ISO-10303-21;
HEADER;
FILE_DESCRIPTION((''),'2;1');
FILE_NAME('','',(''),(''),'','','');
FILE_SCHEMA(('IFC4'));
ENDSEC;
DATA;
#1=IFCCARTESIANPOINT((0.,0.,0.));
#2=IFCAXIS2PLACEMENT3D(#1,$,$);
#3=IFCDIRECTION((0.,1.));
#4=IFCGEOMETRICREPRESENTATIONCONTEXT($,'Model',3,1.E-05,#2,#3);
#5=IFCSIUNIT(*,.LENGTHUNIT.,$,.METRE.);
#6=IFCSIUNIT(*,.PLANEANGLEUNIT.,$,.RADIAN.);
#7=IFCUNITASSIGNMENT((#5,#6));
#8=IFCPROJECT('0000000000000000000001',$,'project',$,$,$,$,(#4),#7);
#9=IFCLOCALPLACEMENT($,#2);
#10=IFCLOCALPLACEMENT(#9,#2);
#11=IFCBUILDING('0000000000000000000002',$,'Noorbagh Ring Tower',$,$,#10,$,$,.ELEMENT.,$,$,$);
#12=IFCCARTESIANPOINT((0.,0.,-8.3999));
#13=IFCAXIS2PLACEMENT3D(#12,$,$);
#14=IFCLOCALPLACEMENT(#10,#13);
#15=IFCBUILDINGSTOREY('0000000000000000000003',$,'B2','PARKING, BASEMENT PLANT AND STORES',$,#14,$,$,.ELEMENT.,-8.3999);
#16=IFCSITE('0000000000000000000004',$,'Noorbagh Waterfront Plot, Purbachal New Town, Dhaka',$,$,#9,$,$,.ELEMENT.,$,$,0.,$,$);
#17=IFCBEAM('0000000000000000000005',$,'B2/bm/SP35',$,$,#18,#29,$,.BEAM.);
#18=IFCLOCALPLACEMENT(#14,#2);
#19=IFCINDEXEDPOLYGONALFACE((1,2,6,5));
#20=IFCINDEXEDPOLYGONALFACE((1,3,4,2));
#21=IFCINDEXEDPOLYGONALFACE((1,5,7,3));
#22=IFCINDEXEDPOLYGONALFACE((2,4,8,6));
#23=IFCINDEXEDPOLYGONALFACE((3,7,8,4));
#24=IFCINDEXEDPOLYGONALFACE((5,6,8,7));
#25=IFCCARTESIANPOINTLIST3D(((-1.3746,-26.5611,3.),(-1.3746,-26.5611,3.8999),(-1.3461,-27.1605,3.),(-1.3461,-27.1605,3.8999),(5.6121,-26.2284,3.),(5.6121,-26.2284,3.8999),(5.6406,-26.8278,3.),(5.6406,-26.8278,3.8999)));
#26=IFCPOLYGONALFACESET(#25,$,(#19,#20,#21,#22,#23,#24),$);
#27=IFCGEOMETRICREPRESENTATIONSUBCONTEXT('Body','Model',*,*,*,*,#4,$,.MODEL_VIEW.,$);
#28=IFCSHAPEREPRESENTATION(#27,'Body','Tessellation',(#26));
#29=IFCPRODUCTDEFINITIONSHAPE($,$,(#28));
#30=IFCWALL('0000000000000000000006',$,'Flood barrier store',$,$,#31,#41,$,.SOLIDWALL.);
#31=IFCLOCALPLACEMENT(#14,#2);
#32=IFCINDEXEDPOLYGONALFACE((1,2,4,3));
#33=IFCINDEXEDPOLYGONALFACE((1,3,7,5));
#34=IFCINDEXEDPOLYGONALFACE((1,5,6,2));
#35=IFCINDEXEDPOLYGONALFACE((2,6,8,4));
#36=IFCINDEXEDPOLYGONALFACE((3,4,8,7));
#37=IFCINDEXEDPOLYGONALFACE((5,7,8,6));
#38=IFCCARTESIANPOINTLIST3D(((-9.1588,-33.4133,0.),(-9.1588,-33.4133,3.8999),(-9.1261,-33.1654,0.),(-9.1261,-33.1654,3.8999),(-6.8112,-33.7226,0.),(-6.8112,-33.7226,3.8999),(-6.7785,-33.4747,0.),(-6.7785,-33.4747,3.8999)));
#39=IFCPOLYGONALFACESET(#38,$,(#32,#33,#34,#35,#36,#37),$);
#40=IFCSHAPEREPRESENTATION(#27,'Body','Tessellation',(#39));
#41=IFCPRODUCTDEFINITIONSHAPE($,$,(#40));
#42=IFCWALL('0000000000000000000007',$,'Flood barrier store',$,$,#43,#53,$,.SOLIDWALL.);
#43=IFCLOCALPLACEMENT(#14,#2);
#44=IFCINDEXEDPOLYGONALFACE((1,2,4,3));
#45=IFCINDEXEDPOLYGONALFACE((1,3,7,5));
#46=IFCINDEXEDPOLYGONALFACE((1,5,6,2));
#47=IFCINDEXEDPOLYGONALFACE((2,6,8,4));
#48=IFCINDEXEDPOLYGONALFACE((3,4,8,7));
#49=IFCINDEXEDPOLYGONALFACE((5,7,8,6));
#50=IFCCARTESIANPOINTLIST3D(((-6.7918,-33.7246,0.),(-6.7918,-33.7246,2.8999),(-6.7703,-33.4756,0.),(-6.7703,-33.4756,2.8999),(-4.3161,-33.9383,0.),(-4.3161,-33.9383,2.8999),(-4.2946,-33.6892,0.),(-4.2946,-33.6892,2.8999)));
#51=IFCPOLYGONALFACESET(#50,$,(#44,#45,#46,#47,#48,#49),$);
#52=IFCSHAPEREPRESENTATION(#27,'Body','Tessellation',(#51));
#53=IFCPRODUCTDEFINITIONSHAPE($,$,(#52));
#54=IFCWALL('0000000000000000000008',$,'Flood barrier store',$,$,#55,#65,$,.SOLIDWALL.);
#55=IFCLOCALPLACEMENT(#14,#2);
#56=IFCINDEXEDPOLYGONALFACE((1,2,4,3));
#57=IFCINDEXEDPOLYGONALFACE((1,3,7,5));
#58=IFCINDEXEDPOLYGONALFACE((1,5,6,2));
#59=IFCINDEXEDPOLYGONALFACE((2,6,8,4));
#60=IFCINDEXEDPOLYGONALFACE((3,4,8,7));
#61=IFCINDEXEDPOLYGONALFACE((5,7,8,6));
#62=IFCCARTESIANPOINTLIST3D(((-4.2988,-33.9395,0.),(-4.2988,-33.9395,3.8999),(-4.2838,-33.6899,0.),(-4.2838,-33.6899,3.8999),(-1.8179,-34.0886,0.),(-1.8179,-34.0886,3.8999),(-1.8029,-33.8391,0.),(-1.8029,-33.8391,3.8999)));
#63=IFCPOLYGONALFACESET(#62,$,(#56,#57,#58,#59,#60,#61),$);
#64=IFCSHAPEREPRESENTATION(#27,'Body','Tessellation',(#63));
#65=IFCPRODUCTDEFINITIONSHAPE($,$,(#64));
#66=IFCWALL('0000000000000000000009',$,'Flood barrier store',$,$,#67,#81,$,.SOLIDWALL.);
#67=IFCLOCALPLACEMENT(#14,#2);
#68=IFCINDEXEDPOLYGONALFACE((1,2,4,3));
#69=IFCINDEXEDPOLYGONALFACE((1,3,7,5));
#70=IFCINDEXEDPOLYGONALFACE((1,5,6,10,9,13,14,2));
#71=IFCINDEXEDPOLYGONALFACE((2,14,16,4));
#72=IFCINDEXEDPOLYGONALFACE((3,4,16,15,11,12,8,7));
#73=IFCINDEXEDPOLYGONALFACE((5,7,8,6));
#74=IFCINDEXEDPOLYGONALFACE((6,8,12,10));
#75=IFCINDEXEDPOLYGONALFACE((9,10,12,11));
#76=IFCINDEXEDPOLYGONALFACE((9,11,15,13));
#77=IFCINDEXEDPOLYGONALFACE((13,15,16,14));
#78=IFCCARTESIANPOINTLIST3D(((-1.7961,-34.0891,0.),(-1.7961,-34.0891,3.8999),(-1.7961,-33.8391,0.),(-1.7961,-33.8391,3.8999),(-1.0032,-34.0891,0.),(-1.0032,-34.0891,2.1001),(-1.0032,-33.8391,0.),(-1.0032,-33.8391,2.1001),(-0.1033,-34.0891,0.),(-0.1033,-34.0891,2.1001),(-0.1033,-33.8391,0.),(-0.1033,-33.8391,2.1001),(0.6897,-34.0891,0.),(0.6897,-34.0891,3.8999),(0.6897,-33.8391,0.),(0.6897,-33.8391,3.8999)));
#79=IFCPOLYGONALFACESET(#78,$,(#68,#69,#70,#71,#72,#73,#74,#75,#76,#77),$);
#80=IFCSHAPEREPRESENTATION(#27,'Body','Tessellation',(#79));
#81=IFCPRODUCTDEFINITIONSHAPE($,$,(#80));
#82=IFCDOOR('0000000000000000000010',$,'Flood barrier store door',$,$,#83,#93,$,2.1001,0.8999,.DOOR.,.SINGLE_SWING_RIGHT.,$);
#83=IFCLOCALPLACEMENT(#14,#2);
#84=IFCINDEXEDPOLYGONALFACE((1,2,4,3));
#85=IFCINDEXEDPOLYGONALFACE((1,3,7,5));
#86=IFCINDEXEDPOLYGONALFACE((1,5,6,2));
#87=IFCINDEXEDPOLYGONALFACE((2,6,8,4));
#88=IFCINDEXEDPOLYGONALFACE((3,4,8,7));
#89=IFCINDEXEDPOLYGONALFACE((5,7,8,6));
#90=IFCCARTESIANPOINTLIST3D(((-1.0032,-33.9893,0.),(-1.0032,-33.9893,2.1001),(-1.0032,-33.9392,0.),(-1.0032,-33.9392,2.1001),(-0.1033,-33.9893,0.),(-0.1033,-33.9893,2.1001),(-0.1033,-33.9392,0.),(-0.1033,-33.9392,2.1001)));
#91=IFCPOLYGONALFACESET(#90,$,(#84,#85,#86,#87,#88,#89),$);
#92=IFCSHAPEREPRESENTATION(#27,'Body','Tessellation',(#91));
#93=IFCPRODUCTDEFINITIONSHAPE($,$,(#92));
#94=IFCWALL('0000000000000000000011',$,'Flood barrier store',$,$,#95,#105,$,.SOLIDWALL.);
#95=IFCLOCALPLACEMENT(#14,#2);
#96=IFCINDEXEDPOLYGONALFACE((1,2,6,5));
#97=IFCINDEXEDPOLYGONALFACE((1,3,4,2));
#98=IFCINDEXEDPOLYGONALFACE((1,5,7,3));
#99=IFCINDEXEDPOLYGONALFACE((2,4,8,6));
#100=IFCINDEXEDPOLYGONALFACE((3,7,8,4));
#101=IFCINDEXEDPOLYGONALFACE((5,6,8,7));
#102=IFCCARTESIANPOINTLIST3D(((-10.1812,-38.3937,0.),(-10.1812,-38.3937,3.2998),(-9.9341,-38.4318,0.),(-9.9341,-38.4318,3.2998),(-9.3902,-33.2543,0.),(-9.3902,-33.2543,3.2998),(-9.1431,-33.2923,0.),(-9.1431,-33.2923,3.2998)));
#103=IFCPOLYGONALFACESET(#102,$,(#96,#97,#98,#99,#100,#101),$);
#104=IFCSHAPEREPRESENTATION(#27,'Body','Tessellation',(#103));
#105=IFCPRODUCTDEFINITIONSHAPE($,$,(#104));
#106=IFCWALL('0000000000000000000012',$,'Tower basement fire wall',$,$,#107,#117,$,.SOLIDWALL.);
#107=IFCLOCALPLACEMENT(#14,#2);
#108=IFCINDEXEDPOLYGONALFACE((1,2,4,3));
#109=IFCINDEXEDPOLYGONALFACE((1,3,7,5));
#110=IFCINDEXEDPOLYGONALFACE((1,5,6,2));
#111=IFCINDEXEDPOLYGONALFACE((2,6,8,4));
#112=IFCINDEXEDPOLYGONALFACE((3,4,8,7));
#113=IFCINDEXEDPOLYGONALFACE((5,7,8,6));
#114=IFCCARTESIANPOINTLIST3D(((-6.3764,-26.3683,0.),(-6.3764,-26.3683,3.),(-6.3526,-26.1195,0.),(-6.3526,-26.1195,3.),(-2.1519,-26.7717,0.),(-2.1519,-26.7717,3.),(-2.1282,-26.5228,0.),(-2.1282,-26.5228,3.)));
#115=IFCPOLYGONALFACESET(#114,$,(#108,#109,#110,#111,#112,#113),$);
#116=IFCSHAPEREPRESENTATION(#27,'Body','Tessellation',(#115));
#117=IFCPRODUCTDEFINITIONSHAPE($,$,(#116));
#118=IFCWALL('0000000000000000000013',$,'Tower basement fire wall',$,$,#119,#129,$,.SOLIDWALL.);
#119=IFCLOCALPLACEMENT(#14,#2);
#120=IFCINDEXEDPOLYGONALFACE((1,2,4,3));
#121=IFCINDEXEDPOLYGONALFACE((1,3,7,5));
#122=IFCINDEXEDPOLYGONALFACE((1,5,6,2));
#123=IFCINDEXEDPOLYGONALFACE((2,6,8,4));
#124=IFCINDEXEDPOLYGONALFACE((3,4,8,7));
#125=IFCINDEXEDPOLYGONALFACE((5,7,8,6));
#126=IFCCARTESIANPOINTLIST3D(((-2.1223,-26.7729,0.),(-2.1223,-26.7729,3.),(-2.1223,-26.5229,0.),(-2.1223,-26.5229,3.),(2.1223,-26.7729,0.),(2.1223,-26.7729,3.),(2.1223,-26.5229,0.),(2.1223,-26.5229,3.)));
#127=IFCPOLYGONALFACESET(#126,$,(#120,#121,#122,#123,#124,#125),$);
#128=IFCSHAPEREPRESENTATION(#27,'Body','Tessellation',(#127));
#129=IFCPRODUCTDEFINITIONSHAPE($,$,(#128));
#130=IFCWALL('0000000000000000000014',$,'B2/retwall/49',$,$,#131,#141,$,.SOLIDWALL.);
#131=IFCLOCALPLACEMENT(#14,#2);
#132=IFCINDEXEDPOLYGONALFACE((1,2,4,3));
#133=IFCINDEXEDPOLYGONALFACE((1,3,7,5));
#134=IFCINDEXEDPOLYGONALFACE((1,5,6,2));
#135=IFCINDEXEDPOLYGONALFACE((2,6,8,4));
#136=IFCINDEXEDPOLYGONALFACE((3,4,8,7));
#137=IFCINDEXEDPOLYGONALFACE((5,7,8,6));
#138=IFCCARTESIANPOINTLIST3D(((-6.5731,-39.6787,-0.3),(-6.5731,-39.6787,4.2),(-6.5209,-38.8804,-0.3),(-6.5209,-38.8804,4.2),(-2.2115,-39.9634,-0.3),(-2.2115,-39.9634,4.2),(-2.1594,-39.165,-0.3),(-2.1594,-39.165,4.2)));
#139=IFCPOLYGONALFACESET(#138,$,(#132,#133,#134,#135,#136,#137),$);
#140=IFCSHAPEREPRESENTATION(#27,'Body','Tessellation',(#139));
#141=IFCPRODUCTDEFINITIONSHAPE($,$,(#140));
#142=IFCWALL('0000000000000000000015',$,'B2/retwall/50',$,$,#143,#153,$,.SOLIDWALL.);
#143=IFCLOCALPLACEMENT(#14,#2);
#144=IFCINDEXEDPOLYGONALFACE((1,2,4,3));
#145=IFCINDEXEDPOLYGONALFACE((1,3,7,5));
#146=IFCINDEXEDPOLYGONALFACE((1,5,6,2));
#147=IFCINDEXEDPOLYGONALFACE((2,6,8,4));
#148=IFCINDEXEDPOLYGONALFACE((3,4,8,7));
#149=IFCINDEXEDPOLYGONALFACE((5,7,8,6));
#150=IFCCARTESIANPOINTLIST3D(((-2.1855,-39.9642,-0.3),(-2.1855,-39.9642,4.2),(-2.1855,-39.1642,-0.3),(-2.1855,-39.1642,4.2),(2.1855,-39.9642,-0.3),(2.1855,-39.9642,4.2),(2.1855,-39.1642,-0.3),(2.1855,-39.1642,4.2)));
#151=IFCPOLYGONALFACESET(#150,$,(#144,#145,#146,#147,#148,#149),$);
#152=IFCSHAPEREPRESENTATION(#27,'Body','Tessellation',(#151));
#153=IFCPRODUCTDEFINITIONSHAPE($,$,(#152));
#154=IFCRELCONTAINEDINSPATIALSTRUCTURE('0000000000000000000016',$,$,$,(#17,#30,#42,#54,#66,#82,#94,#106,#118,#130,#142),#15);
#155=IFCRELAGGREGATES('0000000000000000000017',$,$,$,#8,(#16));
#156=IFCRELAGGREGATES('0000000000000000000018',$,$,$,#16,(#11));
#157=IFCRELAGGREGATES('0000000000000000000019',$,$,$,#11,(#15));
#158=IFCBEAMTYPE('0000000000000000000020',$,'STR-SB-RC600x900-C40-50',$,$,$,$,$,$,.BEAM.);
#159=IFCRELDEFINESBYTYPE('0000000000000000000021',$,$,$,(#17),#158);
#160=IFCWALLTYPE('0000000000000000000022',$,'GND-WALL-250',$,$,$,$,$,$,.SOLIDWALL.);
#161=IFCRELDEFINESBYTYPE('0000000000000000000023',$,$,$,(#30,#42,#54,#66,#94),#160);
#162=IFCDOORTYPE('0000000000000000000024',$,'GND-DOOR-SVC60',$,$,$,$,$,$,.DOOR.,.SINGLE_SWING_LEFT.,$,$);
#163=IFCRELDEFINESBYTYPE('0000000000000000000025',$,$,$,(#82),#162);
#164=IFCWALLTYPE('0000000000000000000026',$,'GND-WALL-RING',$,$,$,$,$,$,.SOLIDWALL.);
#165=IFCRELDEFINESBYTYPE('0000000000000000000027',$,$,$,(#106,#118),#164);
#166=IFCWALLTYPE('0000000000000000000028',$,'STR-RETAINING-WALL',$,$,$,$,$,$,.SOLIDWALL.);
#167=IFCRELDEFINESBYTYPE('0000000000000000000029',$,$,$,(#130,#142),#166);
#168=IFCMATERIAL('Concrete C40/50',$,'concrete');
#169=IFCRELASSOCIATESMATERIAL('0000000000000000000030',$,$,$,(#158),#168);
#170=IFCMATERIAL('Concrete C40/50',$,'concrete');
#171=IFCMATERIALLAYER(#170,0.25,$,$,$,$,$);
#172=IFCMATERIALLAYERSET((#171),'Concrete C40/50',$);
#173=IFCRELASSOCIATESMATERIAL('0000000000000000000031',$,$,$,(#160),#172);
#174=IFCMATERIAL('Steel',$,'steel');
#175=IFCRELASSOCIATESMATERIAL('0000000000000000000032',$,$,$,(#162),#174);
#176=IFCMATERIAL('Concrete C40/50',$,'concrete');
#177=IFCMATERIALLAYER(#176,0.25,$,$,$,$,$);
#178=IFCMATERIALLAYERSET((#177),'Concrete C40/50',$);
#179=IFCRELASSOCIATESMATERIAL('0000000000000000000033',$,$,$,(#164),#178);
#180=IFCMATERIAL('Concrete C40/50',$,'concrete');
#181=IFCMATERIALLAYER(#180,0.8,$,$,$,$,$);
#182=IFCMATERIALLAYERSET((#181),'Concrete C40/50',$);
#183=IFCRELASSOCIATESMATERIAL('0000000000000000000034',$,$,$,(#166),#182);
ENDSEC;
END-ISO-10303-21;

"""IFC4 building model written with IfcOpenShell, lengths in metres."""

from ifc_helpers import new_model, si_unit, direction, frame, frame_2d, origin, origin_2d, place, context, subcontext, project, spatial, rectangle, extrude, material, layer, layer_set, material_profile, profile_set, type_object, element, fill, save


model = new_model("IFC4")

# Units and contexts
model_context = context("Model", 3, precision=1e-05, world=origin(), true_north=direction((0.0, 1.0)))
body_context = subcontext(model_context, "Body", "Model", "MODEL_VIEW")
ifc_project = project(units=[si_unit("LENGTHUNIT", "METRE"), si_unit("PLANEANGLEUNIT", "RADIAN")], contexts=[model_context])

# Site, building, storey
site_placement = place(None, origin())
site = spatial("IfcSite", under=ifc_project, at=site_placement, Name="Noorbagh Waterfront Plot, Purbachal New Town, Dhaka", CompositionType="ELEMENT", RefElevation=0.0)
building_placement = place(site_placement, origin())
building = spatial("IfcBuilding", under=site, at=building_placement, Name="Noorbagh Ring Tower", CompositionType="ELEMENT")
storey_placement = place(building_placement, frame((0.0, 0.0, -8.3999)))
storey = spatial("IfcBuildingStorey", under=building, at=storey_placement, Name="B2", Description="PARKING, BASEMENT PLANT AND STORES", CompositionType="ELEMENT", Elevation=-8.3999)

# Beam
ifc_material_1 = material(Name="Concrete C40/50", Category="concrete")
ifc_material_profile_1 = material_profile(ifc_material_1, rectangle(XDim=0.6001, YDim=0.8999, at=origin_2d()), Name="RC600x900")
ifc_profile_set_1 = profile_set([ifc_material_profile_1], Name="Concrete C40/50")
beam_type_1 = type_object("IfcBeamType", Name="STR-SB-RC600x900-C40-50", PredefinedType="BEAM", material=ifc_profile_set_1)
beam_1_placement = place(storey_placement, frame((-1.3604, -26.8608, 3.45), z_axis=(0.998868, 0.047573, 0.0), x_axis=(-0.047573, 0.998868, 0.0)))
element("IfcBeam", 1, at=beam_1_placement, inside=storey, type_object=beam_type_1, Name="B2/bm/SP35", PredefinedType="BEAM", context=body_context, shape_type="SweptSolid", body=[
    extrude(rectangle(XDim=0.6001, YDim=0.8999, at=origin_2d()), origin(), (0.0, 0.0, 1.0), 6.9946),
])

# Walls
ifc_material_2 = material(Name="Concrete C40/50", Category="concrete")
ifc_layer_1 = layer(ifc_material_2, 0.25)
ifc_layer_set_1 = layer_set([ifc_layer_1], Name="Concrete C40/50")
wall_type_1 = type_object("IfcWallType", Name="GND-WALL-250", PredefinedType="SOLIDWALL", material=ifc_layer_set_1)
wall_1_placement = place(storey_placement, frame((-9.1426, -33.2893, 0.0), z_axis=(0.0, 0.0, 1.0), x_axis=(0.991431, -0.130631, 0.0)))
element("IfcWall", 2, at=wall_1_placement, inside=storey, type_object=wall_type_1, Name="Flood barrier store", PredefinedType="SOLIDWALL", context=body_context, shape_type="SweptSolid", body=[
    extrude(rectangle(XDim=2.3679, YDim=0.25, at=frame_2d((1.1841, 0.0))), origin(), (0.0, 0.0, 1.0), 3.8999),
])
wall_2_placement = place(storey_placement, frame((-6.781, -33.6001, 0.0), z_axis=(0.0, 0.0, 1.0), x_axis=(0.996298, -0.085972, 0.0)))
element("IfcWall", 3, at=wall_2_placement, inside=storey, type_object=wall_type_1, Name="Flood barrier store", PredefinedType="SOLIDWALL", context=body_context, shape_type="SweptSolid", body=[
    extrude(rectangle(XDim=2.4849, YDim=0.25, at=frame_2d((1.2424, 0.0))), origin(), (0.0, 0.0, 1.0), 2.8999),
])
wall_3_placement = place(storey_placement, frame((-4.2913, -33.8147, 0.0), z_axis=(0.0, 0.0, 1.0), x_axis=(0.998197, -0.060018, 0.0)))
element("IfcWall", 4, at=wall_3_placement, inside=storey, type_object=wall_type_1, Name="Flood barrier store", PredefinedType="SOLIDWALL", context=body_context, shape_type="SweptSolid", body=[
    extrude(rectangle(XDim=2.4854, YDim=0.25, at=frame_2d((1.2427, 0.0))), origin(), (0.0, 0.0, 1.0), 3.8999),
])

# Wall, opening, door
wall_4_placement = place(storey_placement, frame((-1.7961, -33.9641, 0.0), z_axis=(0.0, 0.0, 1.0), x_axis=(1.0, 0.0, 0.0)))
wall_4 = element("IfcWall", 5, at=wall_4_placement, inside=storey, type_object=wall_type_1, Name="Flood barrier store", PredefinedType="SOLIDWALL", context=body_context, shape_type="SweptSolid", body=[
    extrude(rectangle(XDim=2.4858, YDim=0.25, at=frame_2d((1.2429, 0.0))), origin(), (0.0, 0.0, 1.0), 3.8999),
])
opening_placement = place(wall_4_placement, frame((0.793, 0.0, 0.0)))
opening = element("IfcOpeningElement", 6, at=opening_placement, cuts=wall_4, PredefinedType="OPENING", context=body_context, shape_type="SweptSolid", body=[
    extrude(rectangle(XDim=0.8999, YDim=2.1001, at=frame_2d((0.45, 1.05))), frame((0.0, 0.135, 0.0), z_axis=(0.0, -1.0, 0.0), x_axis=(1.0, 0.0, 0.0)), (0.0, 0.0, 1.0), 0.27),
])
ifc_material_3 = material(Name="Steel", Category="steel")
door_type = type_object("IfcDoorType", Name="GND-DOOR-SVC60", OperationType="SINGLE_SWING_LEFT", PredefinedType="DOOR", material=ifc_material_3)
door_placement = place(opening_placement, origin())
door = element("IfcDoor", 7, at=door_placement, inside=storey, type_object=door_type, Name="Flood barrier store door", OperationType="SINGLE_SWING_RIGHT", OverallHeight=2.1001, OverallWidth=0.8999, PredefinedType="DOOR", context=body_context, shape_type="SweptSolid", body=[
    extrude(rectangle(XDim=0.8999, YDim=2.1001, at=frame_2d((0.45, 1.05))), frame((0.0, 0.0249, 0.0), z_axis=(0.0, -1.0, 0.0), x_axis=(1.0, 0.0, 0.0)), (0.0, 0.0, 1.0), 0.05),
])
fill(opening, door)

# Walls
wall_5_placement = place(storey_placement, frame((-9.2666, -33.2732, 0.0), z_axis=(0.0, 0.0, 1.0), x_axis=(-0.152121, -0.988362, 0.0)))
element("IfcWall", 8, at=wall_5_placement, inside=storey, type_object=wall_type_1, Name="Flood barrier store", PredefinedType="SOLIDWALL", context=body_context, shape_type="SweptSolid", body=[
    extrude(rectangle(XDim=5.2, YDim=0.25, at=frame_2d((2.6001, 0.0))), origin(), (0.0, 0.0, 1.0), 3.2998),
])
ifc_material_4 = material(Name="Concrete C40/50", Category="concrete")
ifc_layer_2 = layer(ifc_material_4, 0.25)
ifc_layer_set_2 = layer_set([ifc_layer_2], Name="Concrete C40/50")
wall_type_2 = type_object("IfcWallType", Name="GND-WALL-RING", PredefinedType="SOLIDWALL", material=ifc_layer_set_2)
wall_6_placement = place(storey_placement, frame((-6.3645, -26.2439, 0.0), z_axis=(0.0, 0.0, 1.0), x_axis=(0.995473, -0.095043, 0.0)))
element("IfcWall", 9, at=wall_6_placement, inside=storey, type_object=wall_type_2, Name="Tower basement fire wall", PredefinedType="SOLIDWALL", context=body_context, shape_type="SweptSolid", body=[
    extrude(rectangle(XDim=4.2437, YDim=0.25, at=frame_2d((2.1218, 0.0))), origin(), (0.0, 0.0, 1.0), 3.0),
])
wall_7_placement = place(storey_placement, frame((-2.1223, -26.6479, 0.0), z_axis=(0.0, 0.0, 1.0), x_axis=(1.0, 0.0, 0.0)))
element("IfcWall", 10, at=wall_7_placement, inside=storey, type_object=wall_type_2, Name="Tower basement fire wall", PredefinedType="SOLIDWALL", context=body_context, shape_type="SweptSolid", body=[
    extrude(rectangle(XDim=4.2446, YDim=0.25, at=frame_2d((2.1223, 0.0))), origin(), (0.0, 0.0, 1.0), 3.0),
])
ifc_material_5 = material(Name="Concrete C40/50", Category="concrete")
ifc_layer_3 = layer(ifc_material_5, 0.8)
ifc_layer_set_3 = layer_set([ifc_layer_3], Name="Concrete C40/50")
wall_type_3 = type_object("IfcWallType", Name="STR-RETAINING-WALL", PredefinedType="SOLIDWALL", material=ifc_layer_set_3)
wall_8_placement = place(storey_placement, frame((-6.5471, -39.2795, -0.3), z_axis=(0.0, 0.0, 1.0), x_axis=(0.997877, -0.065129, 0.0)))
element("IfcWall", 11, at=wall_8_placement, inside=storey, type_object=wall_type_3, Name="B2/retwall/49", PredefinedType="SOLIDWALL", context=body_context, shape_type="SweptSolid", body=[
    extrude(rectangle(XDim=4.3708, YDim=0.8, at=frame_2d((2.1855, 0.0))), origin(), (0.0, 0.0, 1.0), 4.5),
])
wall_9_placement = place(storey_placement, frame((-2.1855, -39.5642, -0.3), z_axis=(0.0, 0.0, 1.0), x_axis=(1.0, 0.0, 0.0)))
element("IfcWall", 12, at=wall_9_placement, inside=storey, type_object=wall_type_3, Name="B2/retwall/50", PredefinedType="SOLIDWALL", context=body_context, shape_type="SweptSolid", body=[
    extrude(rectangle(XDim=4.3711, YDim=0.8, at=frame_2d((2.1855, 0.0))), origin(), (0.0, 0.0, 1.0), 4.5),
])

save(model, "model.ifc")
